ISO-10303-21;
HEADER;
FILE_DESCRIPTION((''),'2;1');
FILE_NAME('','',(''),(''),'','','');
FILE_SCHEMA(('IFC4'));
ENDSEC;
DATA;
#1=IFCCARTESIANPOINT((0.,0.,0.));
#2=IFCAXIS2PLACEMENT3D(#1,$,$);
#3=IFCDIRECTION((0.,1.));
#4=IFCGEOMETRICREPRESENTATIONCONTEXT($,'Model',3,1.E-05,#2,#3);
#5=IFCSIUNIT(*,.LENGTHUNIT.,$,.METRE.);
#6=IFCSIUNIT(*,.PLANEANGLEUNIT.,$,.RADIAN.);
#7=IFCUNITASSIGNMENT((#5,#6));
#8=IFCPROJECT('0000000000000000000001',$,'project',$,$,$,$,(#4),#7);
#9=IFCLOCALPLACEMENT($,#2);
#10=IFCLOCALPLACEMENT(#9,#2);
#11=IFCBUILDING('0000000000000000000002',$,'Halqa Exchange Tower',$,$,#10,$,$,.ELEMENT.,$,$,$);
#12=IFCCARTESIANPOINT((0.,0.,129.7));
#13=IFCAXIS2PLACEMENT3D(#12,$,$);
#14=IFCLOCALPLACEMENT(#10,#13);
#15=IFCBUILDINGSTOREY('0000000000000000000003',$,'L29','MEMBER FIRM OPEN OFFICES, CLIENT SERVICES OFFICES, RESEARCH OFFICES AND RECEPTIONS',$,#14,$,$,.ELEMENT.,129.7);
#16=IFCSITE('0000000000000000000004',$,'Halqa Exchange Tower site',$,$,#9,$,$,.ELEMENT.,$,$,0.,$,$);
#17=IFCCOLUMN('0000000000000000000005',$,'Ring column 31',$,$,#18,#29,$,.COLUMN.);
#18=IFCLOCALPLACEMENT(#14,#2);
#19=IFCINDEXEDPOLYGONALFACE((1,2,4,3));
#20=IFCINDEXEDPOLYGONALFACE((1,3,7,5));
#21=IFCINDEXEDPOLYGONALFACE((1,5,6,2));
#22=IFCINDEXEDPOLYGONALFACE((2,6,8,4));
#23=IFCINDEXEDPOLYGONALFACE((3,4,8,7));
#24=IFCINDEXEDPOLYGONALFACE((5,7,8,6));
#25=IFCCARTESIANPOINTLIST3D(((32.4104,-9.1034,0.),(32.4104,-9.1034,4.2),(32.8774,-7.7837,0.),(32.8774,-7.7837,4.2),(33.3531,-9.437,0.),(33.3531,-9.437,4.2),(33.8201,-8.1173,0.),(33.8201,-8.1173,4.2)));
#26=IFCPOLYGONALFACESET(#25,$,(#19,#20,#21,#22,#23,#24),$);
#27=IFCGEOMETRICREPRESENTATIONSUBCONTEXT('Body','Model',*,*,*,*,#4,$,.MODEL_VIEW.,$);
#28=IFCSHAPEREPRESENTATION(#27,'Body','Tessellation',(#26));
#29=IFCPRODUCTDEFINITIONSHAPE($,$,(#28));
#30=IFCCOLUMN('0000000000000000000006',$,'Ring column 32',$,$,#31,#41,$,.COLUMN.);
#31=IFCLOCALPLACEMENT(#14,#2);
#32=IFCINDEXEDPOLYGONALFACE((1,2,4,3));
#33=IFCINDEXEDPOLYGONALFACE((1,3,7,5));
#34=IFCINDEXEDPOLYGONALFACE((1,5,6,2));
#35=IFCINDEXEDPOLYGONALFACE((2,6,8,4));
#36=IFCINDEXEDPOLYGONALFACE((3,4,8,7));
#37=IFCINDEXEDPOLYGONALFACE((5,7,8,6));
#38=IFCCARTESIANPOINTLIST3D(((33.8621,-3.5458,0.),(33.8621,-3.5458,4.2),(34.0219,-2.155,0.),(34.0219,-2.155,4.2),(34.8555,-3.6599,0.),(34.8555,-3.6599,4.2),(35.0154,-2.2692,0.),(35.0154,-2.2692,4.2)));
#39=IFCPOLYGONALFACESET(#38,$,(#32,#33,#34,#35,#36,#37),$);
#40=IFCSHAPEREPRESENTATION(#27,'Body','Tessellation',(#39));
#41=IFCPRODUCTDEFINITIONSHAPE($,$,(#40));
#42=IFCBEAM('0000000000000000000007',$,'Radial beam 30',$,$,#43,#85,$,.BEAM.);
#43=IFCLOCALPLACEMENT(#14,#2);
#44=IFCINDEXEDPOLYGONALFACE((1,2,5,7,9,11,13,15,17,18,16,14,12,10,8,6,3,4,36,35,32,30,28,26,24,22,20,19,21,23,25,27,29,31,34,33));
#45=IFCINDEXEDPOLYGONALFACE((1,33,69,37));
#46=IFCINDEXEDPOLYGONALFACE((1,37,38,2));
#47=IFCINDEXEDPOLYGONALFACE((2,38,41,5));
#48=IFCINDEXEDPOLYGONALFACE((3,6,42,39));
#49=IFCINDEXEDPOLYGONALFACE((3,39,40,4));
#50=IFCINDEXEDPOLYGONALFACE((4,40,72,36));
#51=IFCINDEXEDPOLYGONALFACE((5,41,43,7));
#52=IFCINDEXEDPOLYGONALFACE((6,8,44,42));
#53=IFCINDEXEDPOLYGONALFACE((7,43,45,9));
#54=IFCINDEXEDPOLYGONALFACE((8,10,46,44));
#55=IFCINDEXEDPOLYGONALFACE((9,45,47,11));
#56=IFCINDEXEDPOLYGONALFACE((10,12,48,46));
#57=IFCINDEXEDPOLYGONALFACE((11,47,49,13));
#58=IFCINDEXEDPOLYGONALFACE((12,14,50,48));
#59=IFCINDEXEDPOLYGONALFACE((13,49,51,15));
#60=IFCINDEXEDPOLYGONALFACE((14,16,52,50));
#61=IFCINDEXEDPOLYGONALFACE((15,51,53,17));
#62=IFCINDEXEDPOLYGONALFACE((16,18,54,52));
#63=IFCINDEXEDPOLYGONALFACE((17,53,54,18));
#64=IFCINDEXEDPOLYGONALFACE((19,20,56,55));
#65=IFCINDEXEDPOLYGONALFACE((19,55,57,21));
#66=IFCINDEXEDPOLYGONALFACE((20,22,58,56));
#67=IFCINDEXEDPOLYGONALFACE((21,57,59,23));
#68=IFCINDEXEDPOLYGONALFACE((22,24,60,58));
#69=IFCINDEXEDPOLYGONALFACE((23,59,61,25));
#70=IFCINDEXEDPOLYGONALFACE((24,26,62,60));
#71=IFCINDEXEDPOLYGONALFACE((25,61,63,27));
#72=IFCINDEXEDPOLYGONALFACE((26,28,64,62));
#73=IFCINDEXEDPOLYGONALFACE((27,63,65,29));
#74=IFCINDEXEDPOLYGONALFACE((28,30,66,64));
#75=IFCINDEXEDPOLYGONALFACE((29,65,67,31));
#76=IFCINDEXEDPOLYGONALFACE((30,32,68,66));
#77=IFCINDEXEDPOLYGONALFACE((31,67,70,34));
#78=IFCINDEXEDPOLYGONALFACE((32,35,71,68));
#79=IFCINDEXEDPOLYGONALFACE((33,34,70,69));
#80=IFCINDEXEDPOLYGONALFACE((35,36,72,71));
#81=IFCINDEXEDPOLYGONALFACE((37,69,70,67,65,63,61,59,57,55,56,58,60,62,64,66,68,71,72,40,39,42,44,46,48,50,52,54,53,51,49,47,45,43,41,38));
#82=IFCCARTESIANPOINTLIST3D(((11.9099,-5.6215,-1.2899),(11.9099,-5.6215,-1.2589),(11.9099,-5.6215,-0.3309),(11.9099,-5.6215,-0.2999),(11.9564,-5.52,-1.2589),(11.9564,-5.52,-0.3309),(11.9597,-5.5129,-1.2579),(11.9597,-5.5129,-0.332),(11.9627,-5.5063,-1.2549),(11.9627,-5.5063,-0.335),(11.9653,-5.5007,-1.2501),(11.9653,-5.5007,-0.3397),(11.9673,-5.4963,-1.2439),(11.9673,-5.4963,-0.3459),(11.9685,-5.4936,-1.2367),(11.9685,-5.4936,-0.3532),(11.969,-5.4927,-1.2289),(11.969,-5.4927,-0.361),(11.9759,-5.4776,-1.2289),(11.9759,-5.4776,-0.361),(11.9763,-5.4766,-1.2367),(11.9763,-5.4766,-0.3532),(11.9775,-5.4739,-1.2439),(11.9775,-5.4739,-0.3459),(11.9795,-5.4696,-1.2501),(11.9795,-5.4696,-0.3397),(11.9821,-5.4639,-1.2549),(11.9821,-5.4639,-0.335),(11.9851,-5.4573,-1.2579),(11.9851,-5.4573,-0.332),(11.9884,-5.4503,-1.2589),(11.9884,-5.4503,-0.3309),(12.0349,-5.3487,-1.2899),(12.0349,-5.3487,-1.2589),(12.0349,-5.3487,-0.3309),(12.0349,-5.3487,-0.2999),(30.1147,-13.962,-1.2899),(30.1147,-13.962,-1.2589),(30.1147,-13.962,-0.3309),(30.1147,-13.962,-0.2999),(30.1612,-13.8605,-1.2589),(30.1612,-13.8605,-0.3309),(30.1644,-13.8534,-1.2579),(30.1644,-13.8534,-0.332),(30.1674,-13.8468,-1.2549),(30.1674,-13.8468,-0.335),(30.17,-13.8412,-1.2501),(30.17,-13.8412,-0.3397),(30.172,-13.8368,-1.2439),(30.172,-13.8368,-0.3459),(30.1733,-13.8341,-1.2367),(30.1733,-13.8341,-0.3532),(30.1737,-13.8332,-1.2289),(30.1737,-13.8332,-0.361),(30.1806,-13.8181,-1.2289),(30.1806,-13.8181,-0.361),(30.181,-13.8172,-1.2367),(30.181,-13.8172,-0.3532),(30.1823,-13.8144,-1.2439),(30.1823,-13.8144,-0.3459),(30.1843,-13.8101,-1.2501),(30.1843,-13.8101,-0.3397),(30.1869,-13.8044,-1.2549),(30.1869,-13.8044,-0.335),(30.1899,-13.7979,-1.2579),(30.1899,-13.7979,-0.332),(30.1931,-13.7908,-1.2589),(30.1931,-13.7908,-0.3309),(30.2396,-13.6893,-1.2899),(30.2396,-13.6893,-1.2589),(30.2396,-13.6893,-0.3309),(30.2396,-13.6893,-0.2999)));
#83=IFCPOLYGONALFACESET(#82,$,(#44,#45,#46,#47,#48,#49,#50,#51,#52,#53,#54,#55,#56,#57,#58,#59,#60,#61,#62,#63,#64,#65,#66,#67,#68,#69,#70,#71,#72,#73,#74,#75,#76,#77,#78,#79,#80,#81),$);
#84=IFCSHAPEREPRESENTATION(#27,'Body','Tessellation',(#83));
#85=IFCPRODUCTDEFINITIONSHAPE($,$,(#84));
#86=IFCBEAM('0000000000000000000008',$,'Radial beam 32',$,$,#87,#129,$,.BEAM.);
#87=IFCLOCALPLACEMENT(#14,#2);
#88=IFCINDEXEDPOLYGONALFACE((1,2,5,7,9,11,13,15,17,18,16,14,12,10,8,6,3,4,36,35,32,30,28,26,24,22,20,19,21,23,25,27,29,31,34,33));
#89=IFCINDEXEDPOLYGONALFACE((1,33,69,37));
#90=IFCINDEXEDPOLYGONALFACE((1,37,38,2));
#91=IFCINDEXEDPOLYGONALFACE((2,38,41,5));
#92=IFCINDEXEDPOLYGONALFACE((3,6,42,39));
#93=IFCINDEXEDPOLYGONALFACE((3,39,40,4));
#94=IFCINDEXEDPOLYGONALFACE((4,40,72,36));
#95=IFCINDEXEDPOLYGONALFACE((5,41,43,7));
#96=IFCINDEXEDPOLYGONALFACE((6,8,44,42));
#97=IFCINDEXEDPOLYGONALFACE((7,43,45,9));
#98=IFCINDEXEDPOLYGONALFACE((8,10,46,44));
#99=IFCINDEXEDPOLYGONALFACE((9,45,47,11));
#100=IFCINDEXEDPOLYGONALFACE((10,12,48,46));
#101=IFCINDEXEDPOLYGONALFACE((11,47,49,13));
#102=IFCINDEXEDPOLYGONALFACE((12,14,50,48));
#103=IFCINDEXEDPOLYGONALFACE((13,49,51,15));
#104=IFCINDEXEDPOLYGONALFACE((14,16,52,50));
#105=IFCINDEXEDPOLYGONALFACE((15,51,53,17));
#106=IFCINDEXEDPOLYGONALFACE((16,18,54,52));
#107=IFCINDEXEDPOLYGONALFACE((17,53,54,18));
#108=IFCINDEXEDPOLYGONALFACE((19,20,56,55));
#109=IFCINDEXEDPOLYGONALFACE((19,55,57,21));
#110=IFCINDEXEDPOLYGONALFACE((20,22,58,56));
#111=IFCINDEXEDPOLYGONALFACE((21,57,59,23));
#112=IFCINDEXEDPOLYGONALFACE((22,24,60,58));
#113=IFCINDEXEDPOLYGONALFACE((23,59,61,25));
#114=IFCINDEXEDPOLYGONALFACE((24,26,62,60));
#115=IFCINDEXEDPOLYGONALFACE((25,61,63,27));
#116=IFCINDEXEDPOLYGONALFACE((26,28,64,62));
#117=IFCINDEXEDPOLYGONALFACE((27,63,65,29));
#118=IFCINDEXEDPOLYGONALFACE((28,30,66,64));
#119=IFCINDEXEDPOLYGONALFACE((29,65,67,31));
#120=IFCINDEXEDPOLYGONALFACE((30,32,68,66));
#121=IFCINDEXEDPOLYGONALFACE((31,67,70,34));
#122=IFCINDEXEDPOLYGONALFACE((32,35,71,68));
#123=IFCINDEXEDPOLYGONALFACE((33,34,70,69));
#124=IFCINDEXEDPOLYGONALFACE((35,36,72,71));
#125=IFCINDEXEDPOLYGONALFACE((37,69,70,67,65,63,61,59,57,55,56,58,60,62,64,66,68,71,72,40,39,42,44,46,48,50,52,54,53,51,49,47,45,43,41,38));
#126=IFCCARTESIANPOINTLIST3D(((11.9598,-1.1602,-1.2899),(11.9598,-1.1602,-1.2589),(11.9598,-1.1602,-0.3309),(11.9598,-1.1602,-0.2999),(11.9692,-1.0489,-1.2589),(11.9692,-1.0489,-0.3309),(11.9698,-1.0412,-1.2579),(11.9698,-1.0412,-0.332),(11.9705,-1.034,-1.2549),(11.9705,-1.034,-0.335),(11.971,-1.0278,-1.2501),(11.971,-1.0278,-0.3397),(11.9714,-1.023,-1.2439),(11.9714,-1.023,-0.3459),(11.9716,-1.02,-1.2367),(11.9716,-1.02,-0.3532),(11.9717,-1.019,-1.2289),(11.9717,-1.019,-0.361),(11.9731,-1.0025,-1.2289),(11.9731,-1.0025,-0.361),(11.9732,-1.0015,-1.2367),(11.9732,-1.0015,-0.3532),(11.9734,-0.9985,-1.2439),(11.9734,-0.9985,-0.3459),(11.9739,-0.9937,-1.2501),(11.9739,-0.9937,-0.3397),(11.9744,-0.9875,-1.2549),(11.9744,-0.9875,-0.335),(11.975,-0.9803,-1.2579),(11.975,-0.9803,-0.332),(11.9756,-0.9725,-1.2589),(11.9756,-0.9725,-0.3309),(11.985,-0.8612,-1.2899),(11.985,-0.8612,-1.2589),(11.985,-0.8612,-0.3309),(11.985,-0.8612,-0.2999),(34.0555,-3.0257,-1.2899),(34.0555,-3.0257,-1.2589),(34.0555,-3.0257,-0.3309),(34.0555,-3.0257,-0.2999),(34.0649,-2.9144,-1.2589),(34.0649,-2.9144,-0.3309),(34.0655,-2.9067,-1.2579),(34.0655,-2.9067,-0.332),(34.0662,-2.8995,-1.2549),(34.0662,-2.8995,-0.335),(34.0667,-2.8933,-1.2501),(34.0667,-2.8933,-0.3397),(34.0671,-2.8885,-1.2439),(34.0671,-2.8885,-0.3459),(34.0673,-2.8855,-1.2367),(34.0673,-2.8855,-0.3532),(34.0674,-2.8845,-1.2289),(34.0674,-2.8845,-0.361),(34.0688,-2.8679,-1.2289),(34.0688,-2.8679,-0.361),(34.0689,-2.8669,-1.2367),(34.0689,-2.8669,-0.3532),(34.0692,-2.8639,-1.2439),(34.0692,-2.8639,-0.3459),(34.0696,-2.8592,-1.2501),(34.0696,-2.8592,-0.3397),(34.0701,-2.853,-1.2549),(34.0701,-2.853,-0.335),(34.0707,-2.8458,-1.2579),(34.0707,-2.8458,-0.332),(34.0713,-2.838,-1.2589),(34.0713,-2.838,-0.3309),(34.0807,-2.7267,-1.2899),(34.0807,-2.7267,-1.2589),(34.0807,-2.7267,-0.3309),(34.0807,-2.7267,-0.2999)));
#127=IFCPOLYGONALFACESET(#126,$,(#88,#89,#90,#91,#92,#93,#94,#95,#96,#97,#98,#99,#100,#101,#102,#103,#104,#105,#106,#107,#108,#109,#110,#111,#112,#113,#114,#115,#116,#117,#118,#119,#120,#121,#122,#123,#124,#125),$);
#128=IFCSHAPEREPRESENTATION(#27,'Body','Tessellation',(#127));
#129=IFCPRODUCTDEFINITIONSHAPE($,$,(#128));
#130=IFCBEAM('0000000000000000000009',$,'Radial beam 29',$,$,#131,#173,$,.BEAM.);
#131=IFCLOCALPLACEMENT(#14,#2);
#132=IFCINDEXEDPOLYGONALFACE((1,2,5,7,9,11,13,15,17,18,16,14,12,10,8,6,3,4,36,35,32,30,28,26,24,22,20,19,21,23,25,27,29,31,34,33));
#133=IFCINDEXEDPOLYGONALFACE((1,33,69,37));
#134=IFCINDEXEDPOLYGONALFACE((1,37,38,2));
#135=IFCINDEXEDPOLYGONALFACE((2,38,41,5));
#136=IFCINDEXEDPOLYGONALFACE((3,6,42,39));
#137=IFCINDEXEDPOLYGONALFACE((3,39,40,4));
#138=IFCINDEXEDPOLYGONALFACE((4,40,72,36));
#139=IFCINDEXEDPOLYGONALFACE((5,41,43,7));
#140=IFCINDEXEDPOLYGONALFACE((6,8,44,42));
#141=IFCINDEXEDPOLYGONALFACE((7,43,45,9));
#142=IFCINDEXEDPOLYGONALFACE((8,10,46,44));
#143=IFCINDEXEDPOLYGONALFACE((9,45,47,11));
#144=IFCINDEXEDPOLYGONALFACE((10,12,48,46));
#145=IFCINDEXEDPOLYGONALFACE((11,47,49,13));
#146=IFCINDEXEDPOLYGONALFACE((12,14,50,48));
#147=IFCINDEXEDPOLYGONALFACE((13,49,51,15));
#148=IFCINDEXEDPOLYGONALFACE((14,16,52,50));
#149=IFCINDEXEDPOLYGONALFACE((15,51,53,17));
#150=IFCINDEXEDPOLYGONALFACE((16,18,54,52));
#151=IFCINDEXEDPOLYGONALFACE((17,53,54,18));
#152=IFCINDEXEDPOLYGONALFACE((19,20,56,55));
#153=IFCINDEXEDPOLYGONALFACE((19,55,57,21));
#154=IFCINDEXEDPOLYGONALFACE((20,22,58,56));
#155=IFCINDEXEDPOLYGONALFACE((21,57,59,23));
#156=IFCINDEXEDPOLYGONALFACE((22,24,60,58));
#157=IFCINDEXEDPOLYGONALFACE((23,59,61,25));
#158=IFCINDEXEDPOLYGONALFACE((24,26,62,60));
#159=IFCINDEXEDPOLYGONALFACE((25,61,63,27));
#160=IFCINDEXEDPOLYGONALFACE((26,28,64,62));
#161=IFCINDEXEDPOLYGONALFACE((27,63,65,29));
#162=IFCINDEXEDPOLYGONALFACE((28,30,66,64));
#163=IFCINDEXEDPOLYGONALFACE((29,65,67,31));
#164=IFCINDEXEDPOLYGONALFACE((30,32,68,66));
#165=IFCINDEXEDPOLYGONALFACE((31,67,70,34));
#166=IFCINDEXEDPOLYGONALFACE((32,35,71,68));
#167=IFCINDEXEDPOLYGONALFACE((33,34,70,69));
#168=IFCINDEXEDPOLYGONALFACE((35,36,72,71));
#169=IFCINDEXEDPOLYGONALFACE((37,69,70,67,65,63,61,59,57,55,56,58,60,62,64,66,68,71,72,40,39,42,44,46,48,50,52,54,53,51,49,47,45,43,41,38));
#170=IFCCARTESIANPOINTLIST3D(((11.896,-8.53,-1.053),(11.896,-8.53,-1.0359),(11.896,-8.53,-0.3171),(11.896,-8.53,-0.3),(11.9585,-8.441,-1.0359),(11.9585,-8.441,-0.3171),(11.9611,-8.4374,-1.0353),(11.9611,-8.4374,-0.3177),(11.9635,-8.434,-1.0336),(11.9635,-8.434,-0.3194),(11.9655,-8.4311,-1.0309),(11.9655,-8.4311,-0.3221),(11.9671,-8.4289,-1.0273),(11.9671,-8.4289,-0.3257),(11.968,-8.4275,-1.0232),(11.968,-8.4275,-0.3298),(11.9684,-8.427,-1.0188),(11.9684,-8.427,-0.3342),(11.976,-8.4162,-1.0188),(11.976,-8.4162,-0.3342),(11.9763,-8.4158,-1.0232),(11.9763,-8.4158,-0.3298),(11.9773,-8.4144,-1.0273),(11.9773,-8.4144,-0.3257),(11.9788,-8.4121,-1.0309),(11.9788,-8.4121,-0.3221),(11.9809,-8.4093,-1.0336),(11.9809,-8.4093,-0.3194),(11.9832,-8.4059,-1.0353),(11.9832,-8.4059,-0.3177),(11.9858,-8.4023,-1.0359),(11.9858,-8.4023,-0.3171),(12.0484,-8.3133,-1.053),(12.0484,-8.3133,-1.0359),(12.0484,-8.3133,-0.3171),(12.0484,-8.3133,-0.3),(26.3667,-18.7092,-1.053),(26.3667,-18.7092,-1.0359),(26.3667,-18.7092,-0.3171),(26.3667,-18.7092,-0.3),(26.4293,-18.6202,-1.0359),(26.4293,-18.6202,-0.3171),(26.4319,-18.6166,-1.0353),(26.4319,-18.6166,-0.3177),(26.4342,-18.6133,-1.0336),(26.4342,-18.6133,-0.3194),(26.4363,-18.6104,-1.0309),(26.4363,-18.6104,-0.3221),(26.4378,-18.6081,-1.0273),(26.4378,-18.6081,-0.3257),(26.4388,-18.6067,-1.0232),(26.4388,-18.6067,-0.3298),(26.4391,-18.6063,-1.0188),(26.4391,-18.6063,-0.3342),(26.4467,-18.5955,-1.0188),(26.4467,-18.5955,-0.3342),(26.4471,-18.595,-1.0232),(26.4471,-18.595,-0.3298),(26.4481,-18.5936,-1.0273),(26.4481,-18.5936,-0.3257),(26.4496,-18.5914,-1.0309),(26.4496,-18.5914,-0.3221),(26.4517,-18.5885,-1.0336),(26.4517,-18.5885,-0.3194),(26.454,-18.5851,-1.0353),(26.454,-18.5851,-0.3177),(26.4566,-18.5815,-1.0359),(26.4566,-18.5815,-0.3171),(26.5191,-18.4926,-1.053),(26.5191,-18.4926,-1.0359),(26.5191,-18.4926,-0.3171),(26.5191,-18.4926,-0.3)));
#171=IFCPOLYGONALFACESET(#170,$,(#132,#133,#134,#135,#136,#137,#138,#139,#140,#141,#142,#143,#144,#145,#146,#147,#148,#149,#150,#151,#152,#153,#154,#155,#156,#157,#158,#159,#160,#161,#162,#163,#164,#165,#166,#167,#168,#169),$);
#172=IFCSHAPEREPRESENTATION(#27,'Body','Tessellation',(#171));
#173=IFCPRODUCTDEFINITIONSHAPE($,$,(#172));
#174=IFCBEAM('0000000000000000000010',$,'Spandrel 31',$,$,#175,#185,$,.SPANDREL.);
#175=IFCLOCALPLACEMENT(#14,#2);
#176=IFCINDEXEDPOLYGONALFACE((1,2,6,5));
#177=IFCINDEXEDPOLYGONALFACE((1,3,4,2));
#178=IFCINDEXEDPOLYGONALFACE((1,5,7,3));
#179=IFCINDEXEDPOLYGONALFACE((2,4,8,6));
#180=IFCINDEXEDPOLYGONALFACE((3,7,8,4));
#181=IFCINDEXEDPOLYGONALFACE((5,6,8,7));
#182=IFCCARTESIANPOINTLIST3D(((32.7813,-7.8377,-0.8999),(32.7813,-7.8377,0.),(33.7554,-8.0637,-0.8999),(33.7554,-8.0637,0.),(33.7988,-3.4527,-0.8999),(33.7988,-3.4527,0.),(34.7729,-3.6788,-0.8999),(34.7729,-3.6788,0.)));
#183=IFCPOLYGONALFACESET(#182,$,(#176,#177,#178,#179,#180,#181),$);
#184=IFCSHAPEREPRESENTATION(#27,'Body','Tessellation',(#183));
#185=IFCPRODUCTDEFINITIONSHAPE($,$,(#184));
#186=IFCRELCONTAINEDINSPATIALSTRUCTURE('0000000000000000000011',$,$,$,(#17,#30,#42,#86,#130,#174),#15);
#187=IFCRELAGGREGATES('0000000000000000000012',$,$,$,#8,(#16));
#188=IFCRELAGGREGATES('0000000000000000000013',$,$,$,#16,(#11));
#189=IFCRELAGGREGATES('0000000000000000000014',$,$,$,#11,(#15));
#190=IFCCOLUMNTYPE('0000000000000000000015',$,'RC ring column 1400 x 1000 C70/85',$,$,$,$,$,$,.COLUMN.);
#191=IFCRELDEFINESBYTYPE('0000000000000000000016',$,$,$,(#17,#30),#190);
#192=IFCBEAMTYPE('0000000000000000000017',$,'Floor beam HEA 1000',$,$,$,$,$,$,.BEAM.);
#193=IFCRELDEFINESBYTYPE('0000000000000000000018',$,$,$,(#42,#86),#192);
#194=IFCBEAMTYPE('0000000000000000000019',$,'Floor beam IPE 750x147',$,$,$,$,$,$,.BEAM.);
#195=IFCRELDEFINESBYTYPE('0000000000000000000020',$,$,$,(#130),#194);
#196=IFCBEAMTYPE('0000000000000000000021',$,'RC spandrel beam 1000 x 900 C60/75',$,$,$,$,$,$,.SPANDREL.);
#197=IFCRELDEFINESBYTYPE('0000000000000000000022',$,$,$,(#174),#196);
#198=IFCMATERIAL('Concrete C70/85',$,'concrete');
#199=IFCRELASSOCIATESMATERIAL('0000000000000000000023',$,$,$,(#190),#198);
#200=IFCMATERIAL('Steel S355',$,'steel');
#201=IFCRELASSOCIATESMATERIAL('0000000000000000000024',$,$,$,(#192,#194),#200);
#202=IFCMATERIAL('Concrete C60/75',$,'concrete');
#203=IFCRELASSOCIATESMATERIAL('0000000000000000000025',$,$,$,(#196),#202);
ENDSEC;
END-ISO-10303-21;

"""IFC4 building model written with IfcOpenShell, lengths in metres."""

from ifc_helpers import new_model, si_unit, direction, frame, origin, origin_2d, place, context, subcontext, project, spatial, rectangle, i_section, extrude, material, material_profile, profile_set, type_object, element, save


model = new_model("IFC4")

# Units and contexts
model_context = context("Model", 3, precision=1e-05, world=origin(), true_north=direction((0.0, 1.0)))
body_context = subcontext(model_context, "Body", "Model", "MODEL_VIEW")
ifc_project = project(units=[si_unit("LENGTHUNIT", "METRE"), si_unit("PLANEANGLEUNIT", "RADIAN")], contexts=[model_context])

# Site, building, storey
site_placement = place(None, origin())
site = spatial("IfcSite", under=ifc_project, at=site_placement, Name="Halqa Exchange Tower site", CompositionType="ELEMENT", RefElevation=0.0)
building_placement = place(site_placement, origin())
building = spatial("IfcBuilding", under=site, at=building_placement, Name="Halqa Exchange Tower", CompositionType="ELEMENT")
storey_placement = place(building_placement, frame((0.0, 0.0, 129.7)))
storey = spatial("IfcBuildingStorey", under=building, at=storey_placement, Name="L29", Description="MEMBER FIRM OPEN OFFICES, CLIENT SERVICES OFFICES, RESEARCH OFFICES AND RECEPTIONS", CompositionType="ELEMENT", Elevation=129.7)

# Columns
ifc_material_1 = material(Name="Concrete C70/85", Category="concrete")
ifc_material_profile_1 = material_profile(ifc_material_1, rectangle(XDim=1.3999, YDim=1.0, at=origin_2d()), Name="1400 x 1000")
ifc_profile_set_1 = profile_set([ifc_material_profile_1], Name="Concrete C70/85")
column_type = type_object("IfcColumnType", Name="RC ring column 1400 x 1000 C70/85", PredefinedType="COLUMN", material=ifc_profile_set_1)
for number, where, z_axis, x_axis, name in (
    (1, (33.1152, -8.6104, 0.0), (0.0, 0.0, 1.0), (0.333636, 0.942702, 0.0), "Ring column 31"),
    (2, (34.4387, -2.9075, 0.0), (0.0, 0.0, 1.0), (0.114159, 0.993463, 0.0), "Ring column 32"),
):
    element("IfcColumn", number, at=place(storey_placement, frame(where, z_axis=z_axis, x_axis=x_axis)), inside=storey, type_object=column_type, Name=name, PredefinedType="COLUMN", context=body_context, shape_type="SweptSolid", body=[
        extrude(rectangle(XDim=1.3999, YDim=1.0, at=origin_2d()), origin(), (0.0, 0.0, 1.0), 4.2),
    ])

# Beams
ifc_material_2 = material(Name="Steel S355", Category="steel")
ifc_material_profile_2 = material_profile(ifc_material_2, i_section(OverallWidth=0.3, OverallDepth=0.99, WebThickness=0.0166, FlangeThickness=0.031, FilletRadius=0.03, at=origin_2d()), Name="HEA 1000")
ifc_profile_set_2 = profile_set([ifc_material_profile_2], Name="Steel S355")
beam_type_1 = type_object("IfcBeamType", Name="Floor beam HEA 1000", PredefinedType="BEAM", material=ifc_profile_set_2)
beam_1_placement = place(storey_placement, frame((11.9724, -5.4851, -0.7949), z_axis=(0.909127, -0.416518, 0.0), x_axis=(0.416518, 0.909127, 0.0)))
element("IfcBeam", 3, at=beam_1_placement, inside=storey, type_object=beam_type_1, Name="Radial beam 30", PredefinedType="BEAM", context=body_context, shape_type="SweptSolid", body=[
    extrude(i_section(OverallWidth=0.3, OverallDepth=0.99, WebThickness=0.0166, FlangeThickness=0.031, FilletRadius=0.03, at=origin_2d()), origin(), (0.0, 0.0, 1.0), 20.0244),
])
beam_2_placement = place(storey_placement, frame((11.9724, -1.0107, -0.7949), z_axis=(0.996455, -0.084128, 0.0), x_axis=(0.084128, 0.996455, 0.0)))
element("IfcBeam", 4, at=beam_2_placement, inside=storey, type_object=beam_type_1, Name="Radial beam 32", PredefinedType="BEAM", context=body_context, shape_type="SweptSolid", body=[
    extrude(i_section(OverallWidth=0.3, OverallDepth=0.99, WebThickness=0.0166, FlangeThickness=0.031, FilletRadius=0.03, at=origin_2d()), origin(), (0.0, 0.0, 1.0), 22.1743),
])
ifc_material_profile_3 = material_profile(ifc_material_2, i_section(OverallWidth=0.2649, OverallDepth=0.7529, WebThickness=0.0132, FlangeThickness=0.0171, FilletRadius=0.0171, at=origin_2d()), Name="IPE 750x147")
ifc_profile_set_3 = profile_set([ifc_material_profile_3], Name="Steel S355")
beam_type_2 = type_object("IfcBeamType", Name="Floor beam IPE 750x147", PredefinedType="BEAM", material=ifc_profile_set_3)
beam_3_placement = place(storey_placement, frame((11.9722, -8.4216, -0.6765), z_axis=(0.81791, -0.575346, 0.0), x_axis=(0.575346, 0.81791, 0.0)))
element("IfcBeam", 5, at=beam_3_placement, inside=storey, type_object=beam_type_2, Name="Radial beam 29", PredefinedType="BEAM", context=body_context, shape_type="SweptSolid", body=[
    extrude(i_section(OverallWidth=0.2649, OverallDepth=0.7529, WebThickness=0.0132, FlangeThickness=0.0171, FilletRadius=0.0171, at=origin_2d()), origin(), (0.0, 0.0, 1.0), 17.6924),
])
ifc_material_3 = material(Name="Concrete C60/75", Category="concrete")
ifc_material_profile_4 = material_profile(ifc_material_3, rectangle(XDim=1.0, YDim=0.8999, at=origin_2d()), Name="1000 x 900")
ifc_profile_set_4 = profile_set([ifc_material_profile_4], Name="Concrete C60/75")
beam_type_3 = type_object("IfcBeamType", Name="RC spandrel beam 1000 x 900 C60/75", PredefinedType="SPANDREL", material=ifc_profile_set_4)
beam_4_placement = place(storey_placement, frame((33.2683, -7.9507, -0.45), z_axis=(0.226052, 0.974115, 0.0), x_axis=(-0.974115, 0.226052, 0.0)))
element("IfcBeam", 6, at=beam_4_placement, inside=storey, type_object=beam_type_3, Name="Spandrel 31", PredefinedType="SPANDREL", context=body_context, shape_type="SweptSolid", body=[
    extrude(rectangle(XDim=1.0, YDim=0.8999, at=origin_2d()), origin(), (0.0, 0.0, 1.0), 4.5015),
])

save(model, "model.ifc")
